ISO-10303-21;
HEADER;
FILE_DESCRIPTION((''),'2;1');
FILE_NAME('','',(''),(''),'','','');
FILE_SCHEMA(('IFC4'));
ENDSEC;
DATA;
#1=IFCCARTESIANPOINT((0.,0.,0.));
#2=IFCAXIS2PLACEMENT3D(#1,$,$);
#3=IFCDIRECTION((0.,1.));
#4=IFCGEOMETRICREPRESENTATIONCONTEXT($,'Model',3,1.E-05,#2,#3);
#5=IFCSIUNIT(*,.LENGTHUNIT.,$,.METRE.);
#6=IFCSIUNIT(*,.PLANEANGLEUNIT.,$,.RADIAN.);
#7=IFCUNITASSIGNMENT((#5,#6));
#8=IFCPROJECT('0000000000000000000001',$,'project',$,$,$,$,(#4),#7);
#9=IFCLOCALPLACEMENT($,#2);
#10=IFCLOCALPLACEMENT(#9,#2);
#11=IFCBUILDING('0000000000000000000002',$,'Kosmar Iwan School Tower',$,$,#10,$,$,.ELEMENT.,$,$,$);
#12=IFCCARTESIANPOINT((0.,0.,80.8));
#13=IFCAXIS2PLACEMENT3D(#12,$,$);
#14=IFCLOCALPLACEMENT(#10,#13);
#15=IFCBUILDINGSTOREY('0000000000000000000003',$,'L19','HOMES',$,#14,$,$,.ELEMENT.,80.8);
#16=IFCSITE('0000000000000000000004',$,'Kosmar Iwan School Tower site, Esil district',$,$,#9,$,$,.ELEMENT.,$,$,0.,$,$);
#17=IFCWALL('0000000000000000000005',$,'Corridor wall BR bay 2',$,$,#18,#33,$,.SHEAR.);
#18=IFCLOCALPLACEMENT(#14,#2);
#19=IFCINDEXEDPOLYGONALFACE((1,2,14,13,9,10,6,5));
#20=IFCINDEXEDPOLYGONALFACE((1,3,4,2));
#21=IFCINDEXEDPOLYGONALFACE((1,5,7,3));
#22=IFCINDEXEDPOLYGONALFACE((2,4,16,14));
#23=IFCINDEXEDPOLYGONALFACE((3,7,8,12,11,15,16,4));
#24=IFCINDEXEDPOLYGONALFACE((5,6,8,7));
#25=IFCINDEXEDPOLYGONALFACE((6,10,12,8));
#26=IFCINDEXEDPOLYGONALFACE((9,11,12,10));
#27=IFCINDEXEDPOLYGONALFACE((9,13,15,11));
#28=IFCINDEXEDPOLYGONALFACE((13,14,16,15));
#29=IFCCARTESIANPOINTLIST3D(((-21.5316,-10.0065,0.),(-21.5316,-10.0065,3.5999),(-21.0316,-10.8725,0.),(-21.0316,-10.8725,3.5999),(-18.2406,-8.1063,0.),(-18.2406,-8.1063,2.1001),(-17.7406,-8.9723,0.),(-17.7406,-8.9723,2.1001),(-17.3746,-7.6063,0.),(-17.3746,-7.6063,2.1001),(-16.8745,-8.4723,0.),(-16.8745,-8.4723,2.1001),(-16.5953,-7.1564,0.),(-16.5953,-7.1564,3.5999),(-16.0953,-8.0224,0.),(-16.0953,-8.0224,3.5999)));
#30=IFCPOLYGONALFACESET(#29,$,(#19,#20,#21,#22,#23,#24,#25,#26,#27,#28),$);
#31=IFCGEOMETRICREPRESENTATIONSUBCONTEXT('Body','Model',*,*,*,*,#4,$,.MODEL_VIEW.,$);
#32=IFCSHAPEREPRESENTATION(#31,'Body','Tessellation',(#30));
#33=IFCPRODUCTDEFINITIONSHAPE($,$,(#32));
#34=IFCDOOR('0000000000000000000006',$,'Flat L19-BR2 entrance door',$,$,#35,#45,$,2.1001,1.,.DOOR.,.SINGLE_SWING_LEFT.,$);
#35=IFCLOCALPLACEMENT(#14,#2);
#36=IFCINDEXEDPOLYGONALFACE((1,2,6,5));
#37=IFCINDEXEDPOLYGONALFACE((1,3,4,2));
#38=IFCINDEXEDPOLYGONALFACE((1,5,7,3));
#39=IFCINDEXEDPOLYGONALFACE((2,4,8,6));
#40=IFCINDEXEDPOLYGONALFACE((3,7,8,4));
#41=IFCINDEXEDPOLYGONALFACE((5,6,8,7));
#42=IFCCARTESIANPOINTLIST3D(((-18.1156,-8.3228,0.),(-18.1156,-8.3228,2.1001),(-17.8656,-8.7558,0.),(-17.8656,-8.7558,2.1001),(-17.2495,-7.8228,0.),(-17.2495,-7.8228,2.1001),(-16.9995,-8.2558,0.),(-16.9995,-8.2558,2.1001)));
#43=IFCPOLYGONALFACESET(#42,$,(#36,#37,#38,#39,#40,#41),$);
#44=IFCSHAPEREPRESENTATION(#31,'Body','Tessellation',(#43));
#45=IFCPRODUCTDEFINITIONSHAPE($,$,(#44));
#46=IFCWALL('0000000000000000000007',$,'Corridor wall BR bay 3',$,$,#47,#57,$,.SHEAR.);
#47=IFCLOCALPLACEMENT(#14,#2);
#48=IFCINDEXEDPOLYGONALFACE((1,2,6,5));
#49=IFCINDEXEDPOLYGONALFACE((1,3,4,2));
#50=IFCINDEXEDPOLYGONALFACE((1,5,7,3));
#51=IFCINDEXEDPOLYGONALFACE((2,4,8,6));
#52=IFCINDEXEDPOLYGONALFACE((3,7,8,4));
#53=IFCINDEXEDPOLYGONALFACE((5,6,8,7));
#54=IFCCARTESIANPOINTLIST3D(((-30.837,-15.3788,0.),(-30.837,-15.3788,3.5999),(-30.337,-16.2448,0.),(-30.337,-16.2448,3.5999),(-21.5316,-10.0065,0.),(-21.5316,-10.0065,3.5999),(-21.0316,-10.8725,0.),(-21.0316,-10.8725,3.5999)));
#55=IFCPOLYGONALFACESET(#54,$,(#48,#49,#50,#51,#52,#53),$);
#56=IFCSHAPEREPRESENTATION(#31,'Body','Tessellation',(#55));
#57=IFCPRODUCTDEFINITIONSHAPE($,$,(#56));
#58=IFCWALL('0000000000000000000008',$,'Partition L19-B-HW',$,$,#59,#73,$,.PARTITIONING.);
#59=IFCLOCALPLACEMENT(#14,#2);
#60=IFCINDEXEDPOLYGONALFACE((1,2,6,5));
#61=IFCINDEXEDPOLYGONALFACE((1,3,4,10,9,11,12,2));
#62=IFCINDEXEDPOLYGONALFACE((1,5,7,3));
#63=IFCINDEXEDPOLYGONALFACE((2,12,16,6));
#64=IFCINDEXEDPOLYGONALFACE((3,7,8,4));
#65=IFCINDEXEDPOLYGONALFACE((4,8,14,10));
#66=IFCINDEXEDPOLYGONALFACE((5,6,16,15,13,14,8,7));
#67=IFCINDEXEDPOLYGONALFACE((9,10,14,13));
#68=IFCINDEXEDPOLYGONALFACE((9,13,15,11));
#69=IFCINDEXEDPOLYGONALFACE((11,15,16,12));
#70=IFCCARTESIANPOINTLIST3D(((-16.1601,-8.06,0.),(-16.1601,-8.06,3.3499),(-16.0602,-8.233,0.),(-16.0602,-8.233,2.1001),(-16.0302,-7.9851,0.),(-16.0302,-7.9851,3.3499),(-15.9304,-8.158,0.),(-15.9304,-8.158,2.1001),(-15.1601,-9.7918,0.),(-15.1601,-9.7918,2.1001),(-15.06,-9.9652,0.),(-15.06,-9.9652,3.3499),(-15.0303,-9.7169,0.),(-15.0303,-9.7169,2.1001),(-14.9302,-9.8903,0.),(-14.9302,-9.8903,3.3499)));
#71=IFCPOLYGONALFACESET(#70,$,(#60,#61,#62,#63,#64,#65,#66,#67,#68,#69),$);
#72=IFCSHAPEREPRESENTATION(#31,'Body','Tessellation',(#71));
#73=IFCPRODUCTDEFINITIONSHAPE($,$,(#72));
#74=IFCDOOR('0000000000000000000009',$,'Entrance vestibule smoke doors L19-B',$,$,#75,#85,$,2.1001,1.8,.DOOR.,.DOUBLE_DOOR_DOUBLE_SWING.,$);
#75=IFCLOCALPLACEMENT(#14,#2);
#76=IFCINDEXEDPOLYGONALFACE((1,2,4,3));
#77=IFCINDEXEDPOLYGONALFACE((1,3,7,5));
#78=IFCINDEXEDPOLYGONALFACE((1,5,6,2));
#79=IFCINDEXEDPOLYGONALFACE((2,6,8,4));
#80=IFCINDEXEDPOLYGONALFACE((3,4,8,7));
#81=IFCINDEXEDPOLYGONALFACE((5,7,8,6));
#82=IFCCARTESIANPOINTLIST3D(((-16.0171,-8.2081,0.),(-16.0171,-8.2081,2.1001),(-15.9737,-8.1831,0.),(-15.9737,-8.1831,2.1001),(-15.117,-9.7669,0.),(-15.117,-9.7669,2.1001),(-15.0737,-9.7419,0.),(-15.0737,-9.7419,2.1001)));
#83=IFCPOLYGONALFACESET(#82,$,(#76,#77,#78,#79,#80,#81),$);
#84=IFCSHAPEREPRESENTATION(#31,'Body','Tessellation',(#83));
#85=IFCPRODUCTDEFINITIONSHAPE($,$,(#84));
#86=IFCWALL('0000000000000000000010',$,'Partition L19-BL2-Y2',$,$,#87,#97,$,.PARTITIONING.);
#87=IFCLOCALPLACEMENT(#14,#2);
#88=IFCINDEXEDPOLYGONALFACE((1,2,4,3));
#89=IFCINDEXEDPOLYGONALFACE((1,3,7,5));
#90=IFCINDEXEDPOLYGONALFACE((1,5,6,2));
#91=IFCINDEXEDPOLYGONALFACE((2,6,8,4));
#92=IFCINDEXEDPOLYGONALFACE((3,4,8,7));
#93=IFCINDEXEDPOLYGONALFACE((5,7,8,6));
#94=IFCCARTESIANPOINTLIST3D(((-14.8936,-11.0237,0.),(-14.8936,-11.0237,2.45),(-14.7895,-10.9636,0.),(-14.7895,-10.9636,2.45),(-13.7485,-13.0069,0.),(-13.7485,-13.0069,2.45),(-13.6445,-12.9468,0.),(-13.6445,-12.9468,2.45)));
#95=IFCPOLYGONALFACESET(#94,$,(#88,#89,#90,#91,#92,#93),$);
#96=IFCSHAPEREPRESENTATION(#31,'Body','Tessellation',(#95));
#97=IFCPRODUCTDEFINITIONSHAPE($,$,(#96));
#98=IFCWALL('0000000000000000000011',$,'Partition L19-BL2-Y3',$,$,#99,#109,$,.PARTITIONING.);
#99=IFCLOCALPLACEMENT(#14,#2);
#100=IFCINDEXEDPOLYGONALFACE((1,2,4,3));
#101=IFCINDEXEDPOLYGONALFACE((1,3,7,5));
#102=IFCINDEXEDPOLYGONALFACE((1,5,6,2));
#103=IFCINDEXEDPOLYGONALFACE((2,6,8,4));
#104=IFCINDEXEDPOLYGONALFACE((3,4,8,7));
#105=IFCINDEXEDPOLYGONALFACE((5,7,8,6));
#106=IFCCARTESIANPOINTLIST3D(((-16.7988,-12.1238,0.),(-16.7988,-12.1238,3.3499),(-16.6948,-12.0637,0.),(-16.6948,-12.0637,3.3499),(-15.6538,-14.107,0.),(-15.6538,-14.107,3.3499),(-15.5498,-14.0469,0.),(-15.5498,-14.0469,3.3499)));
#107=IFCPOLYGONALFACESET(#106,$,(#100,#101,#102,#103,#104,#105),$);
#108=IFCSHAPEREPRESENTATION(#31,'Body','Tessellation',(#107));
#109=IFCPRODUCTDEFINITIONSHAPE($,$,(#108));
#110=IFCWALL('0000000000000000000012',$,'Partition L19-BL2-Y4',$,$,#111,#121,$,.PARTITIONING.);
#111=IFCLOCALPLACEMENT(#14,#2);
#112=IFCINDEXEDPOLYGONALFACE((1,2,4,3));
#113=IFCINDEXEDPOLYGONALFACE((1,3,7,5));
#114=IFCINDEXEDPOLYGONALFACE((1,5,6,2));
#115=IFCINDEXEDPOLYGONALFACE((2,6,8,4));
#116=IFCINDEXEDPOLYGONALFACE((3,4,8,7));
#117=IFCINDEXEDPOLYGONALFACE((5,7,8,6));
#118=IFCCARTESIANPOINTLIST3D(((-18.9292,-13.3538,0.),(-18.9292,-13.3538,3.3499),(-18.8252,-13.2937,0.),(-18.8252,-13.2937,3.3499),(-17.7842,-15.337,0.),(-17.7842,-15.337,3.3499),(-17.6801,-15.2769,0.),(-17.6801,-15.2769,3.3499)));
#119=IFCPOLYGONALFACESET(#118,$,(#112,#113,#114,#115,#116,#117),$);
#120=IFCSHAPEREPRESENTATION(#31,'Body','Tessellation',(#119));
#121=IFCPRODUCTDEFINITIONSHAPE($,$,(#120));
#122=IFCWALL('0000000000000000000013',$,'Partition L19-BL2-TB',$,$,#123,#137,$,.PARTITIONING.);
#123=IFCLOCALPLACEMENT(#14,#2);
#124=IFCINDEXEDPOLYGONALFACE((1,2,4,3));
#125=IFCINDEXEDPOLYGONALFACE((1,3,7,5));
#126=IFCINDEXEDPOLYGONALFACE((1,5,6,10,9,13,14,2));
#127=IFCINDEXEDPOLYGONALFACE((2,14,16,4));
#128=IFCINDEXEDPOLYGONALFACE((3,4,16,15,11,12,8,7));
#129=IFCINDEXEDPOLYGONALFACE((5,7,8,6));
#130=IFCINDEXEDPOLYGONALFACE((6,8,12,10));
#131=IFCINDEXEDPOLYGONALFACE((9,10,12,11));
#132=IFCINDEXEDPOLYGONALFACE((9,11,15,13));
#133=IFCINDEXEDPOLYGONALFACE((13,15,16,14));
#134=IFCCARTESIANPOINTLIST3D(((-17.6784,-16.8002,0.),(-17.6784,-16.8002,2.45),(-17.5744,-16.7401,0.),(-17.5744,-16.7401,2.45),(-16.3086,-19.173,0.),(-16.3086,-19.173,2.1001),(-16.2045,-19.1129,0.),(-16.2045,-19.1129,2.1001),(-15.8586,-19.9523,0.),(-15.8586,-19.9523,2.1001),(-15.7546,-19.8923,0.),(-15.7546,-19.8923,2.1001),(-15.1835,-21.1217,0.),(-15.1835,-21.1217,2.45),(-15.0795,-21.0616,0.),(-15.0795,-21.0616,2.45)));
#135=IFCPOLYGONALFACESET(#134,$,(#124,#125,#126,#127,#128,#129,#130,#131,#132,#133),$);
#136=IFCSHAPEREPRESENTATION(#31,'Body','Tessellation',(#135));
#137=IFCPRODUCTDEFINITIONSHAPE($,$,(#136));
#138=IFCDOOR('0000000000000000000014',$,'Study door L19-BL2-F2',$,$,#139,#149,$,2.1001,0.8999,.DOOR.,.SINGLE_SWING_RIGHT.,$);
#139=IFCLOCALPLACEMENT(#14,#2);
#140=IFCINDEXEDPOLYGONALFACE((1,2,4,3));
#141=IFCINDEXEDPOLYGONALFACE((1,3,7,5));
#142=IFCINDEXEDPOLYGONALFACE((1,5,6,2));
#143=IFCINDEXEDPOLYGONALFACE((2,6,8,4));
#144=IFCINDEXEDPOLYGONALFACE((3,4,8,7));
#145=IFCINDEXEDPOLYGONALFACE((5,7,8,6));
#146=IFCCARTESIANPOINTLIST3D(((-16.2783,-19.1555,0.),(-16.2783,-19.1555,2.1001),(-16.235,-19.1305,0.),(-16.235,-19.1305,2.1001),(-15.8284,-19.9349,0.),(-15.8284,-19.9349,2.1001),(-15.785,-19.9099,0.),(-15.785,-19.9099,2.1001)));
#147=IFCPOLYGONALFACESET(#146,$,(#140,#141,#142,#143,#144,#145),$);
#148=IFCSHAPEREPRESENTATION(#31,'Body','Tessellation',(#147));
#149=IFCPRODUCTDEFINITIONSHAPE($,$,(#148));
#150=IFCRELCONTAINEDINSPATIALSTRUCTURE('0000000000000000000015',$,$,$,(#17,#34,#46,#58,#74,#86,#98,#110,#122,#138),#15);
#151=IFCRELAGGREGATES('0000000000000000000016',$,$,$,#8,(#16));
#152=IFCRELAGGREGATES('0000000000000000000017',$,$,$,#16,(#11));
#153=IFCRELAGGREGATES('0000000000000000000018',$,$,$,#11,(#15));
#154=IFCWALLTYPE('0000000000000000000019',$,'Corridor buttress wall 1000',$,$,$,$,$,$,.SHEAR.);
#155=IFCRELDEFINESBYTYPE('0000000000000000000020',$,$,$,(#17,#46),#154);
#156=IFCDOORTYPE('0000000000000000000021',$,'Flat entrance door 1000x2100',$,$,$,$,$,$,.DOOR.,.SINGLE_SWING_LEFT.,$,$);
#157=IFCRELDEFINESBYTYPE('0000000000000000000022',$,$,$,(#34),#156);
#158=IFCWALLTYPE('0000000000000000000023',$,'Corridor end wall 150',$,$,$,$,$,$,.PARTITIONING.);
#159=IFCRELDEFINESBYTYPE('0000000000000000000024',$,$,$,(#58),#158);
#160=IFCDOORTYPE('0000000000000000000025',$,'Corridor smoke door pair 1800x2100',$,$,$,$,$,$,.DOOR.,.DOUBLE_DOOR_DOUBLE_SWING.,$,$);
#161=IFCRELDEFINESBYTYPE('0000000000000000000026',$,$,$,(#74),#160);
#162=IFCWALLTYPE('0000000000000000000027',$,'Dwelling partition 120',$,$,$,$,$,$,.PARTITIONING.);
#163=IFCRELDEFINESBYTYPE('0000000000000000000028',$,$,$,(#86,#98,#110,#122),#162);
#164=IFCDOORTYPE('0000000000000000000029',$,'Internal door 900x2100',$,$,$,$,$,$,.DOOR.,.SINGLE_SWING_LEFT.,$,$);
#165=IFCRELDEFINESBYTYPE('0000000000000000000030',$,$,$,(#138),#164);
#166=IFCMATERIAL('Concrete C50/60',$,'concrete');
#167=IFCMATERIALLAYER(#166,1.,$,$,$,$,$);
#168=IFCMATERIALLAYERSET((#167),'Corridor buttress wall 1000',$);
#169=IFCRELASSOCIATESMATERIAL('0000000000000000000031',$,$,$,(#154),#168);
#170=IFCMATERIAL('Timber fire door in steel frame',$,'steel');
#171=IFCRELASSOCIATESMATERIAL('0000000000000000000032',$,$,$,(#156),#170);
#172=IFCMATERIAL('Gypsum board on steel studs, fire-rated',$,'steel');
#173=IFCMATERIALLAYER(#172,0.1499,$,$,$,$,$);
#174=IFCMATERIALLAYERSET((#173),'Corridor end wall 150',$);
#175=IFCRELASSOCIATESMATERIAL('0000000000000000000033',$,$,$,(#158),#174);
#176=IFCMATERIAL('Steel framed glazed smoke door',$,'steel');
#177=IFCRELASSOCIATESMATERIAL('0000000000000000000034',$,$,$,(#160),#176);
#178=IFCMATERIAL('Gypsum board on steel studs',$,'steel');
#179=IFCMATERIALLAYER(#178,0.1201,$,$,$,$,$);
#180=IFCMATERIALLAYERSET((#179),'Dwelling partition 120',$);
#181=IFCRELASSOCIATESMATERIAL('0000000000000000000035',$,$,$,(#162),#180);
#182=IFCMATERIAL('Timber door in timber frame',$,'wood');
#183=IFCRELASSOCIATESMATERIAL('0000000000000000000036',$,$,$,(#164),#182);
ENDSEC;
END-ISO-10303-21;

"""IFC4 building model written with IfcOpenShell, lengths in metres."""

from ifc_helpers import new_model, si_unit, direction, frame, frame_2d, origin, place, context, subcontext, project, spatial, rectangle, extrude, material, layer, layer_set, type_object, element, fill, save


model = new_model("IFC4")

# Units and contexts
model_context = context("Model", 3, precision=1e-05, world=origin(), true_north=direction((0.0, 1.0)))
body_context = subcontext(model_context, "Body", "Model", "MODEL_VIEW")
ifc_project = project(units=[si_unit("LENGTHUNIT", "METRE"), si_unit("PLANEANGLEUNIT", "RADIAN")], contexts=[model_context])

# Site, building, storey
site_placement = place(None, origin())
site = spatial("IfcSite", under=ifc_project, at=site_placement, Name="Kosmar Iwan School Tower site, Esil district", CompositionType="ELEMENT", RefElevation=0.0)
building_placement = place(site_placement, origin())
building = spatial("IfcBuilding", under=site, at=building_placement, Name="Kosmar Iwan School Tower", CompositionType="ELEMENT")
storey_placement = place(building_placement, frame((0.0, 0.0, 80.8)))
storey = spatial("IfcBuildingStorey", under=building, at=storey_placement, Name="L19", Description="HOMES", CompositionType="ELEMENT", Elevation=80.8)

# Wall, opening, door
ifc_material_1 = material(Name="Concrete C50/60", Category="concrete")
ifc_layer_1 = layer(ifc_material_1, 1.0)
ifc_layer_set_1 = layer_set([ifc_layer_1], Name="Corridor buttress wall 1000")
wall_type_1 = type_object("IfcWallType", Name="Corridor buttress wall 1000", PredefinedType="SHEAR", material=ifc_layer_set_1)
ifc_material_2 = material(Name="Timber fire door in steel frame", Category="steel")
door_type_1 = type_object("IfcDoorType", Name="Flat entrance door 1000x2100", OperationType="SINGLE_SWING_LEFT", PredefinedType="DOOR", material=ifc_material_2)
wall_1_placement = place(storey_placement, frame((-16.3452, -7.5894, 0.0), z_axis=(0.0, 0.0, 1.0), x_axis=(-0.866015, -0.500018, 0.0)))
wall_1 = element("IfcWall", 1, at=wall_1_placement, inside=storey, type_object=wall_type_1, Name="Corridor wall BR bay 2", PredefinedType="SHEAR", context=body_context, shape_type="SweptSolid", body=[
    extrude(rectangle(XDim=5.7, YDim=1.0, at=frame_2d((2.8501, 0.0))), origin(), (0.0, 0.0, 1.0), 3.5999),
])
opening_1_placement = place(wall_1_placement, frame((0.8999, 0.0, 0.0)))
opening_1 = element("IfcOpeningElement", 2, at=opening_1_placement, cuts=wall_1, PredefinedType="OPENING", context=body_context, shape_type="SweptSolid", body=[
    extrude(rectangle(XDim=1.0, YDim=2.1001, at=frame_2d((0.5, 1.05))), frame((0.0, 0.512, 0.0), z_axis=(0.0, -1.0, 0.0), x_axis=(1.0, 0.0, 0.0)), (0.0, 0.0, 1.0), 1.0239),
])
door_1_placement = place(opening_1_placement, origin())
door_1 = element("IfcDoor", 3, at=door_1_placement, inside=storey, type_object=door_type_1, Name="Flat L19-BR2 entrance door", OperationType="SINGLE_SWING_LEFT", OverallHeight=2.1001, OverallWidth=1.0, PredefinedType="DOOR", context=body_context, shape_type="SweptSolid", body=[
    extrude(rectangle(XDim=1.0, YDim=2.1001, at=frame_2d((0.5, 1.05))), frame((0.0, 0.25, 0.0), z_axis=(0.0, -1.0, 0.0), x_axis=(1.0, 0.0, 0.0)), (0.0, 0.0, 1.0), 0.5),
])
fill(opening_1, door_1)

# Wall
wall_2_placement = place(storey_placement, frame((-21.2815, -10.4395, 0.0), z_axis=(0.0, 0.0, 1.0), x_axis=(-0.866032, -0.499988, 0.0)))
element("IfcWall", 4, at=wall_2_placement, inside=storey, type_object=wall_type_1, Name="Corridor wall BR bay 3", PredefinedType="SHEAR", context=body_context, shape_type="SweptSolid", body=[
    extrude(rectangle(XDim=10.7449, YDim=1.0, at=frame_2d((5.3726, 0.0))), origin(), (0.0, 0.0, 1.0), 3.5999),
])

# Wall, opening, door
ifc_material_3 = material(Name="Gypsum board on steel studs, fire-rated", Category="steel")
ifc_layer_2 = layer(ifc_material_3, 0.1499)
ifc_layer_set_2 = layer_set([ifc_layer_2], Name="Corridor end wall 150")
wall_type_2 = type_object("IfcWallType", Name="Corridor end wall 150", PredefinedType="PARTITIONING", material=ifc_layer_set_2)
wall_3_placement = place(storey_placement, frame((-16.0952, -8.0225, 0.0), z_axis=(0.0, 0.0, 1.0), x_axis=(0.50003, -0.866008, 0.0)))
wall_3 = element("IfcWall", 5, at=wall_3_placement, inside=storey, type_object=wall_type_2, Name="Partition L19-B-HW", PredefinedType="PARTITIONING", context=body_context, shape_type="SweptSolid", body=[
    extrude(rectangle(XDim=2.2, YDim=0.1499, at=frame_2d((1.1001, 0.0))), origin(), (0.0, 0.0, 1.0), 3.3499),
])
opening_2_placement = place(wall_3_placement, frame((0.2, 0.0, 0.0)))
opening_2 = element("IfcOpeningElement", 6, at=opening_2_placement, cuts=wall_3, PredefinedType="OPENING", context=body_context, shape_type="SweptSolid", body=[
    extrude(rectangle(XDim=1.8, YDim=2.1001, at=frame_2d((0.8999, 1.05))), frame((0.0, 0.0869, 0.0), z_axis=(0.0, -1.0, 0.0), x_axis=(1.0, 0.0, 0.0)), (0.0, 0.0, 1.0), 0.1738),
])
ifc_material_4 = material(Name="Steel framed glazed smoke door", Category="steel")
door_type_2 = type_object("IfcDoorType", Name="Corridor smoke door pair 1800x2100", OperationType="DOUBLE_DOOR_DOUBLE_SWING", PredefinedType="DOOR", material=ifc_material_4)
door_2_placement = place(opening_2_placement, origin())
door_2 = element("IfcDoor", 7, at=door_2_placement, inside=storey, type_object=door_type_2, Name="Entrance vestibule smoke doors L19-B", OperationType="DOUBLE_DOOR_DOUBLE_SWING", OverallHeight=2.1001, OverallWidth=1.8, PredefinedType="DOOR", context=body_context, shape_type="SweptSolid", body=[
    extrude(rectangle(XDim=1.8, YDim=2.1001, at=frame_2d((0.8999, 1.05))), frame((0.0, 0.0249, 0.0), z_axis=(0.0, -1.0, 0.0), x_axis=(1.0, 0.0, 0.0)), (0.0, 0.0, 1.0), 0.05),
])
fill(opening_2, door_2)

# Walls
ifc_material_5 = material(Name="Gypsum board on steel studs", Category="steel")
ifc_layer_3 = layer(ifc_material_5, 0.1201)
ifc_layer_set_3 = layer_set([ifc_layer_3], Name="Dwelling partition 120")
wall_type_3 = type_object("IfcWallType", Name="Dwelling partition 120", PredefinedType="PARTITIONING", material=ifc_layer_set_3)
wall_4_placement = place(storey_placement, frame((-14.8416, -10.9937, 0.0), z_axis=(0.0, 0.0, 1.0), x_axis=(0.500015, -0.866017, 0.0)))
element("IfcWall", 8, at=wall_4_placement, inside=storey, type_object=wall_type_3, Name="Partition L19-BL2-Y2", PredefinedType="PARTITIONING", context=body_context, shape_type="SweptSolid", body=[
    extrude(rectangle(XDim=2.29, YDim=0.1201, at=frame_2d((1.145, 0.0))), origin(), (0.0, 0.0, 1.0), 2.45),
])
for number, where, z_axis, x_axis, name in (
    (9, (-16.7468, -12.0938, 0.0), (0.0, 0.0, 1.0), (0.500015, -0.866017, 0.0), "Partition L19-BL2-Y3"),
    (10, (-18.8772, -13.3237, 0.0), (0.0, 0.0, 1.0), (0.500015, -0.866017, 0.0), "Partition L19-BL2-Y4"),
):
    element("IfcWall", number, at=place(storey_placement, frame(where, z_axis=z_axis, x_axis=x_axis)), inside=storey, type_object=wall_type_3, Name=name, PredefinedType="PARTITIONING", context=body_context, shape_type="SweptSolid", body=[
        extrude(rectangle(XDim=2.29, YDim=0.1201, at=frame_2d((1.145, 0.0))), origin(), (0.0, 0.0, 1.0), 3.3499),
    ])

# Wall, opening, door
wall_5_placement = place(storey_placement, frame((-17.6265, -16.77, 0.0), z_axis=(0.0, 0.0, 1.0), x_axis=(0.499975, -0.86604, 0.0)))
wall_5 = element("IfcWall", 11, at=wall_5_placement, inside=storey, type_object=wall_type_3, Name="Partition L19-BL2-TB", PredefinedType="PARTITIONING", context=body_context, shape_type="SweptSolid", body=[
    extrude(rectangle(XDim=4.99, YDim=0.1201, at=frame_2d((2.4951, 0.0))), origin(), (0.0, 0.0, 1.0), 2.45),
])
opening_3_placement = place(wall_5_placement, frame((2.74, 0.0, 0.0)))
opening_3 = element("IfcOpeningElement", 12, at=opening_3_placement, cuts=wall_5, PredefinedType="OPENING", context=body_context, shape_type="SweptSolid", body=[
    extrude(rectangle(XDim=0.8999, YDim=2.1001, at=frame_2d((0.45, 1.05))), frame((0.0, 0.072, 0.0), z_axis=(0.0, -1.0, 0.0), x_axis=(1.0, 0.0, 0.0)), (0.0, 0.0, 1.0), 0.144),
])
ifc_material_6 = material(Name="Timber door in timber frame", Category="wood")
door_type_3 = type_object("IfcDoorType", Name="Internal door 900x2100", OperationType="SINGLE_SWING_LEFT", PredefinedType="DOOR", material=ifc_material_6)
door_3_placement = place(opening_3_placement, origin())
door_3 = element("IfcDoor", 13, at=door_3_placement, inside=storey, type_object=door_type_3, Name="Study door L19-BL2-F2", OperationType="SINGLE_SWING_RIGHT", OverallHeight=2.1001, OverallWidth=0.8999, PredefinedType="DOOR", context=body_context, shape_type="SweptSolid", body=[
    extrude(rectangle(XDim=0.8999, YDim=2.1001, at=frame_2d((0.45, 1.05))), frame((0.0, 0.0249, 0.0), z_axis=(0.0, -1.0, 0.0), x_axis=(1.0, 0.0, 0.0)), (0.0, 0.0, 1.0), 0.05),
])
fill(opening_3, door_3)

save(model, "model.ifc")
